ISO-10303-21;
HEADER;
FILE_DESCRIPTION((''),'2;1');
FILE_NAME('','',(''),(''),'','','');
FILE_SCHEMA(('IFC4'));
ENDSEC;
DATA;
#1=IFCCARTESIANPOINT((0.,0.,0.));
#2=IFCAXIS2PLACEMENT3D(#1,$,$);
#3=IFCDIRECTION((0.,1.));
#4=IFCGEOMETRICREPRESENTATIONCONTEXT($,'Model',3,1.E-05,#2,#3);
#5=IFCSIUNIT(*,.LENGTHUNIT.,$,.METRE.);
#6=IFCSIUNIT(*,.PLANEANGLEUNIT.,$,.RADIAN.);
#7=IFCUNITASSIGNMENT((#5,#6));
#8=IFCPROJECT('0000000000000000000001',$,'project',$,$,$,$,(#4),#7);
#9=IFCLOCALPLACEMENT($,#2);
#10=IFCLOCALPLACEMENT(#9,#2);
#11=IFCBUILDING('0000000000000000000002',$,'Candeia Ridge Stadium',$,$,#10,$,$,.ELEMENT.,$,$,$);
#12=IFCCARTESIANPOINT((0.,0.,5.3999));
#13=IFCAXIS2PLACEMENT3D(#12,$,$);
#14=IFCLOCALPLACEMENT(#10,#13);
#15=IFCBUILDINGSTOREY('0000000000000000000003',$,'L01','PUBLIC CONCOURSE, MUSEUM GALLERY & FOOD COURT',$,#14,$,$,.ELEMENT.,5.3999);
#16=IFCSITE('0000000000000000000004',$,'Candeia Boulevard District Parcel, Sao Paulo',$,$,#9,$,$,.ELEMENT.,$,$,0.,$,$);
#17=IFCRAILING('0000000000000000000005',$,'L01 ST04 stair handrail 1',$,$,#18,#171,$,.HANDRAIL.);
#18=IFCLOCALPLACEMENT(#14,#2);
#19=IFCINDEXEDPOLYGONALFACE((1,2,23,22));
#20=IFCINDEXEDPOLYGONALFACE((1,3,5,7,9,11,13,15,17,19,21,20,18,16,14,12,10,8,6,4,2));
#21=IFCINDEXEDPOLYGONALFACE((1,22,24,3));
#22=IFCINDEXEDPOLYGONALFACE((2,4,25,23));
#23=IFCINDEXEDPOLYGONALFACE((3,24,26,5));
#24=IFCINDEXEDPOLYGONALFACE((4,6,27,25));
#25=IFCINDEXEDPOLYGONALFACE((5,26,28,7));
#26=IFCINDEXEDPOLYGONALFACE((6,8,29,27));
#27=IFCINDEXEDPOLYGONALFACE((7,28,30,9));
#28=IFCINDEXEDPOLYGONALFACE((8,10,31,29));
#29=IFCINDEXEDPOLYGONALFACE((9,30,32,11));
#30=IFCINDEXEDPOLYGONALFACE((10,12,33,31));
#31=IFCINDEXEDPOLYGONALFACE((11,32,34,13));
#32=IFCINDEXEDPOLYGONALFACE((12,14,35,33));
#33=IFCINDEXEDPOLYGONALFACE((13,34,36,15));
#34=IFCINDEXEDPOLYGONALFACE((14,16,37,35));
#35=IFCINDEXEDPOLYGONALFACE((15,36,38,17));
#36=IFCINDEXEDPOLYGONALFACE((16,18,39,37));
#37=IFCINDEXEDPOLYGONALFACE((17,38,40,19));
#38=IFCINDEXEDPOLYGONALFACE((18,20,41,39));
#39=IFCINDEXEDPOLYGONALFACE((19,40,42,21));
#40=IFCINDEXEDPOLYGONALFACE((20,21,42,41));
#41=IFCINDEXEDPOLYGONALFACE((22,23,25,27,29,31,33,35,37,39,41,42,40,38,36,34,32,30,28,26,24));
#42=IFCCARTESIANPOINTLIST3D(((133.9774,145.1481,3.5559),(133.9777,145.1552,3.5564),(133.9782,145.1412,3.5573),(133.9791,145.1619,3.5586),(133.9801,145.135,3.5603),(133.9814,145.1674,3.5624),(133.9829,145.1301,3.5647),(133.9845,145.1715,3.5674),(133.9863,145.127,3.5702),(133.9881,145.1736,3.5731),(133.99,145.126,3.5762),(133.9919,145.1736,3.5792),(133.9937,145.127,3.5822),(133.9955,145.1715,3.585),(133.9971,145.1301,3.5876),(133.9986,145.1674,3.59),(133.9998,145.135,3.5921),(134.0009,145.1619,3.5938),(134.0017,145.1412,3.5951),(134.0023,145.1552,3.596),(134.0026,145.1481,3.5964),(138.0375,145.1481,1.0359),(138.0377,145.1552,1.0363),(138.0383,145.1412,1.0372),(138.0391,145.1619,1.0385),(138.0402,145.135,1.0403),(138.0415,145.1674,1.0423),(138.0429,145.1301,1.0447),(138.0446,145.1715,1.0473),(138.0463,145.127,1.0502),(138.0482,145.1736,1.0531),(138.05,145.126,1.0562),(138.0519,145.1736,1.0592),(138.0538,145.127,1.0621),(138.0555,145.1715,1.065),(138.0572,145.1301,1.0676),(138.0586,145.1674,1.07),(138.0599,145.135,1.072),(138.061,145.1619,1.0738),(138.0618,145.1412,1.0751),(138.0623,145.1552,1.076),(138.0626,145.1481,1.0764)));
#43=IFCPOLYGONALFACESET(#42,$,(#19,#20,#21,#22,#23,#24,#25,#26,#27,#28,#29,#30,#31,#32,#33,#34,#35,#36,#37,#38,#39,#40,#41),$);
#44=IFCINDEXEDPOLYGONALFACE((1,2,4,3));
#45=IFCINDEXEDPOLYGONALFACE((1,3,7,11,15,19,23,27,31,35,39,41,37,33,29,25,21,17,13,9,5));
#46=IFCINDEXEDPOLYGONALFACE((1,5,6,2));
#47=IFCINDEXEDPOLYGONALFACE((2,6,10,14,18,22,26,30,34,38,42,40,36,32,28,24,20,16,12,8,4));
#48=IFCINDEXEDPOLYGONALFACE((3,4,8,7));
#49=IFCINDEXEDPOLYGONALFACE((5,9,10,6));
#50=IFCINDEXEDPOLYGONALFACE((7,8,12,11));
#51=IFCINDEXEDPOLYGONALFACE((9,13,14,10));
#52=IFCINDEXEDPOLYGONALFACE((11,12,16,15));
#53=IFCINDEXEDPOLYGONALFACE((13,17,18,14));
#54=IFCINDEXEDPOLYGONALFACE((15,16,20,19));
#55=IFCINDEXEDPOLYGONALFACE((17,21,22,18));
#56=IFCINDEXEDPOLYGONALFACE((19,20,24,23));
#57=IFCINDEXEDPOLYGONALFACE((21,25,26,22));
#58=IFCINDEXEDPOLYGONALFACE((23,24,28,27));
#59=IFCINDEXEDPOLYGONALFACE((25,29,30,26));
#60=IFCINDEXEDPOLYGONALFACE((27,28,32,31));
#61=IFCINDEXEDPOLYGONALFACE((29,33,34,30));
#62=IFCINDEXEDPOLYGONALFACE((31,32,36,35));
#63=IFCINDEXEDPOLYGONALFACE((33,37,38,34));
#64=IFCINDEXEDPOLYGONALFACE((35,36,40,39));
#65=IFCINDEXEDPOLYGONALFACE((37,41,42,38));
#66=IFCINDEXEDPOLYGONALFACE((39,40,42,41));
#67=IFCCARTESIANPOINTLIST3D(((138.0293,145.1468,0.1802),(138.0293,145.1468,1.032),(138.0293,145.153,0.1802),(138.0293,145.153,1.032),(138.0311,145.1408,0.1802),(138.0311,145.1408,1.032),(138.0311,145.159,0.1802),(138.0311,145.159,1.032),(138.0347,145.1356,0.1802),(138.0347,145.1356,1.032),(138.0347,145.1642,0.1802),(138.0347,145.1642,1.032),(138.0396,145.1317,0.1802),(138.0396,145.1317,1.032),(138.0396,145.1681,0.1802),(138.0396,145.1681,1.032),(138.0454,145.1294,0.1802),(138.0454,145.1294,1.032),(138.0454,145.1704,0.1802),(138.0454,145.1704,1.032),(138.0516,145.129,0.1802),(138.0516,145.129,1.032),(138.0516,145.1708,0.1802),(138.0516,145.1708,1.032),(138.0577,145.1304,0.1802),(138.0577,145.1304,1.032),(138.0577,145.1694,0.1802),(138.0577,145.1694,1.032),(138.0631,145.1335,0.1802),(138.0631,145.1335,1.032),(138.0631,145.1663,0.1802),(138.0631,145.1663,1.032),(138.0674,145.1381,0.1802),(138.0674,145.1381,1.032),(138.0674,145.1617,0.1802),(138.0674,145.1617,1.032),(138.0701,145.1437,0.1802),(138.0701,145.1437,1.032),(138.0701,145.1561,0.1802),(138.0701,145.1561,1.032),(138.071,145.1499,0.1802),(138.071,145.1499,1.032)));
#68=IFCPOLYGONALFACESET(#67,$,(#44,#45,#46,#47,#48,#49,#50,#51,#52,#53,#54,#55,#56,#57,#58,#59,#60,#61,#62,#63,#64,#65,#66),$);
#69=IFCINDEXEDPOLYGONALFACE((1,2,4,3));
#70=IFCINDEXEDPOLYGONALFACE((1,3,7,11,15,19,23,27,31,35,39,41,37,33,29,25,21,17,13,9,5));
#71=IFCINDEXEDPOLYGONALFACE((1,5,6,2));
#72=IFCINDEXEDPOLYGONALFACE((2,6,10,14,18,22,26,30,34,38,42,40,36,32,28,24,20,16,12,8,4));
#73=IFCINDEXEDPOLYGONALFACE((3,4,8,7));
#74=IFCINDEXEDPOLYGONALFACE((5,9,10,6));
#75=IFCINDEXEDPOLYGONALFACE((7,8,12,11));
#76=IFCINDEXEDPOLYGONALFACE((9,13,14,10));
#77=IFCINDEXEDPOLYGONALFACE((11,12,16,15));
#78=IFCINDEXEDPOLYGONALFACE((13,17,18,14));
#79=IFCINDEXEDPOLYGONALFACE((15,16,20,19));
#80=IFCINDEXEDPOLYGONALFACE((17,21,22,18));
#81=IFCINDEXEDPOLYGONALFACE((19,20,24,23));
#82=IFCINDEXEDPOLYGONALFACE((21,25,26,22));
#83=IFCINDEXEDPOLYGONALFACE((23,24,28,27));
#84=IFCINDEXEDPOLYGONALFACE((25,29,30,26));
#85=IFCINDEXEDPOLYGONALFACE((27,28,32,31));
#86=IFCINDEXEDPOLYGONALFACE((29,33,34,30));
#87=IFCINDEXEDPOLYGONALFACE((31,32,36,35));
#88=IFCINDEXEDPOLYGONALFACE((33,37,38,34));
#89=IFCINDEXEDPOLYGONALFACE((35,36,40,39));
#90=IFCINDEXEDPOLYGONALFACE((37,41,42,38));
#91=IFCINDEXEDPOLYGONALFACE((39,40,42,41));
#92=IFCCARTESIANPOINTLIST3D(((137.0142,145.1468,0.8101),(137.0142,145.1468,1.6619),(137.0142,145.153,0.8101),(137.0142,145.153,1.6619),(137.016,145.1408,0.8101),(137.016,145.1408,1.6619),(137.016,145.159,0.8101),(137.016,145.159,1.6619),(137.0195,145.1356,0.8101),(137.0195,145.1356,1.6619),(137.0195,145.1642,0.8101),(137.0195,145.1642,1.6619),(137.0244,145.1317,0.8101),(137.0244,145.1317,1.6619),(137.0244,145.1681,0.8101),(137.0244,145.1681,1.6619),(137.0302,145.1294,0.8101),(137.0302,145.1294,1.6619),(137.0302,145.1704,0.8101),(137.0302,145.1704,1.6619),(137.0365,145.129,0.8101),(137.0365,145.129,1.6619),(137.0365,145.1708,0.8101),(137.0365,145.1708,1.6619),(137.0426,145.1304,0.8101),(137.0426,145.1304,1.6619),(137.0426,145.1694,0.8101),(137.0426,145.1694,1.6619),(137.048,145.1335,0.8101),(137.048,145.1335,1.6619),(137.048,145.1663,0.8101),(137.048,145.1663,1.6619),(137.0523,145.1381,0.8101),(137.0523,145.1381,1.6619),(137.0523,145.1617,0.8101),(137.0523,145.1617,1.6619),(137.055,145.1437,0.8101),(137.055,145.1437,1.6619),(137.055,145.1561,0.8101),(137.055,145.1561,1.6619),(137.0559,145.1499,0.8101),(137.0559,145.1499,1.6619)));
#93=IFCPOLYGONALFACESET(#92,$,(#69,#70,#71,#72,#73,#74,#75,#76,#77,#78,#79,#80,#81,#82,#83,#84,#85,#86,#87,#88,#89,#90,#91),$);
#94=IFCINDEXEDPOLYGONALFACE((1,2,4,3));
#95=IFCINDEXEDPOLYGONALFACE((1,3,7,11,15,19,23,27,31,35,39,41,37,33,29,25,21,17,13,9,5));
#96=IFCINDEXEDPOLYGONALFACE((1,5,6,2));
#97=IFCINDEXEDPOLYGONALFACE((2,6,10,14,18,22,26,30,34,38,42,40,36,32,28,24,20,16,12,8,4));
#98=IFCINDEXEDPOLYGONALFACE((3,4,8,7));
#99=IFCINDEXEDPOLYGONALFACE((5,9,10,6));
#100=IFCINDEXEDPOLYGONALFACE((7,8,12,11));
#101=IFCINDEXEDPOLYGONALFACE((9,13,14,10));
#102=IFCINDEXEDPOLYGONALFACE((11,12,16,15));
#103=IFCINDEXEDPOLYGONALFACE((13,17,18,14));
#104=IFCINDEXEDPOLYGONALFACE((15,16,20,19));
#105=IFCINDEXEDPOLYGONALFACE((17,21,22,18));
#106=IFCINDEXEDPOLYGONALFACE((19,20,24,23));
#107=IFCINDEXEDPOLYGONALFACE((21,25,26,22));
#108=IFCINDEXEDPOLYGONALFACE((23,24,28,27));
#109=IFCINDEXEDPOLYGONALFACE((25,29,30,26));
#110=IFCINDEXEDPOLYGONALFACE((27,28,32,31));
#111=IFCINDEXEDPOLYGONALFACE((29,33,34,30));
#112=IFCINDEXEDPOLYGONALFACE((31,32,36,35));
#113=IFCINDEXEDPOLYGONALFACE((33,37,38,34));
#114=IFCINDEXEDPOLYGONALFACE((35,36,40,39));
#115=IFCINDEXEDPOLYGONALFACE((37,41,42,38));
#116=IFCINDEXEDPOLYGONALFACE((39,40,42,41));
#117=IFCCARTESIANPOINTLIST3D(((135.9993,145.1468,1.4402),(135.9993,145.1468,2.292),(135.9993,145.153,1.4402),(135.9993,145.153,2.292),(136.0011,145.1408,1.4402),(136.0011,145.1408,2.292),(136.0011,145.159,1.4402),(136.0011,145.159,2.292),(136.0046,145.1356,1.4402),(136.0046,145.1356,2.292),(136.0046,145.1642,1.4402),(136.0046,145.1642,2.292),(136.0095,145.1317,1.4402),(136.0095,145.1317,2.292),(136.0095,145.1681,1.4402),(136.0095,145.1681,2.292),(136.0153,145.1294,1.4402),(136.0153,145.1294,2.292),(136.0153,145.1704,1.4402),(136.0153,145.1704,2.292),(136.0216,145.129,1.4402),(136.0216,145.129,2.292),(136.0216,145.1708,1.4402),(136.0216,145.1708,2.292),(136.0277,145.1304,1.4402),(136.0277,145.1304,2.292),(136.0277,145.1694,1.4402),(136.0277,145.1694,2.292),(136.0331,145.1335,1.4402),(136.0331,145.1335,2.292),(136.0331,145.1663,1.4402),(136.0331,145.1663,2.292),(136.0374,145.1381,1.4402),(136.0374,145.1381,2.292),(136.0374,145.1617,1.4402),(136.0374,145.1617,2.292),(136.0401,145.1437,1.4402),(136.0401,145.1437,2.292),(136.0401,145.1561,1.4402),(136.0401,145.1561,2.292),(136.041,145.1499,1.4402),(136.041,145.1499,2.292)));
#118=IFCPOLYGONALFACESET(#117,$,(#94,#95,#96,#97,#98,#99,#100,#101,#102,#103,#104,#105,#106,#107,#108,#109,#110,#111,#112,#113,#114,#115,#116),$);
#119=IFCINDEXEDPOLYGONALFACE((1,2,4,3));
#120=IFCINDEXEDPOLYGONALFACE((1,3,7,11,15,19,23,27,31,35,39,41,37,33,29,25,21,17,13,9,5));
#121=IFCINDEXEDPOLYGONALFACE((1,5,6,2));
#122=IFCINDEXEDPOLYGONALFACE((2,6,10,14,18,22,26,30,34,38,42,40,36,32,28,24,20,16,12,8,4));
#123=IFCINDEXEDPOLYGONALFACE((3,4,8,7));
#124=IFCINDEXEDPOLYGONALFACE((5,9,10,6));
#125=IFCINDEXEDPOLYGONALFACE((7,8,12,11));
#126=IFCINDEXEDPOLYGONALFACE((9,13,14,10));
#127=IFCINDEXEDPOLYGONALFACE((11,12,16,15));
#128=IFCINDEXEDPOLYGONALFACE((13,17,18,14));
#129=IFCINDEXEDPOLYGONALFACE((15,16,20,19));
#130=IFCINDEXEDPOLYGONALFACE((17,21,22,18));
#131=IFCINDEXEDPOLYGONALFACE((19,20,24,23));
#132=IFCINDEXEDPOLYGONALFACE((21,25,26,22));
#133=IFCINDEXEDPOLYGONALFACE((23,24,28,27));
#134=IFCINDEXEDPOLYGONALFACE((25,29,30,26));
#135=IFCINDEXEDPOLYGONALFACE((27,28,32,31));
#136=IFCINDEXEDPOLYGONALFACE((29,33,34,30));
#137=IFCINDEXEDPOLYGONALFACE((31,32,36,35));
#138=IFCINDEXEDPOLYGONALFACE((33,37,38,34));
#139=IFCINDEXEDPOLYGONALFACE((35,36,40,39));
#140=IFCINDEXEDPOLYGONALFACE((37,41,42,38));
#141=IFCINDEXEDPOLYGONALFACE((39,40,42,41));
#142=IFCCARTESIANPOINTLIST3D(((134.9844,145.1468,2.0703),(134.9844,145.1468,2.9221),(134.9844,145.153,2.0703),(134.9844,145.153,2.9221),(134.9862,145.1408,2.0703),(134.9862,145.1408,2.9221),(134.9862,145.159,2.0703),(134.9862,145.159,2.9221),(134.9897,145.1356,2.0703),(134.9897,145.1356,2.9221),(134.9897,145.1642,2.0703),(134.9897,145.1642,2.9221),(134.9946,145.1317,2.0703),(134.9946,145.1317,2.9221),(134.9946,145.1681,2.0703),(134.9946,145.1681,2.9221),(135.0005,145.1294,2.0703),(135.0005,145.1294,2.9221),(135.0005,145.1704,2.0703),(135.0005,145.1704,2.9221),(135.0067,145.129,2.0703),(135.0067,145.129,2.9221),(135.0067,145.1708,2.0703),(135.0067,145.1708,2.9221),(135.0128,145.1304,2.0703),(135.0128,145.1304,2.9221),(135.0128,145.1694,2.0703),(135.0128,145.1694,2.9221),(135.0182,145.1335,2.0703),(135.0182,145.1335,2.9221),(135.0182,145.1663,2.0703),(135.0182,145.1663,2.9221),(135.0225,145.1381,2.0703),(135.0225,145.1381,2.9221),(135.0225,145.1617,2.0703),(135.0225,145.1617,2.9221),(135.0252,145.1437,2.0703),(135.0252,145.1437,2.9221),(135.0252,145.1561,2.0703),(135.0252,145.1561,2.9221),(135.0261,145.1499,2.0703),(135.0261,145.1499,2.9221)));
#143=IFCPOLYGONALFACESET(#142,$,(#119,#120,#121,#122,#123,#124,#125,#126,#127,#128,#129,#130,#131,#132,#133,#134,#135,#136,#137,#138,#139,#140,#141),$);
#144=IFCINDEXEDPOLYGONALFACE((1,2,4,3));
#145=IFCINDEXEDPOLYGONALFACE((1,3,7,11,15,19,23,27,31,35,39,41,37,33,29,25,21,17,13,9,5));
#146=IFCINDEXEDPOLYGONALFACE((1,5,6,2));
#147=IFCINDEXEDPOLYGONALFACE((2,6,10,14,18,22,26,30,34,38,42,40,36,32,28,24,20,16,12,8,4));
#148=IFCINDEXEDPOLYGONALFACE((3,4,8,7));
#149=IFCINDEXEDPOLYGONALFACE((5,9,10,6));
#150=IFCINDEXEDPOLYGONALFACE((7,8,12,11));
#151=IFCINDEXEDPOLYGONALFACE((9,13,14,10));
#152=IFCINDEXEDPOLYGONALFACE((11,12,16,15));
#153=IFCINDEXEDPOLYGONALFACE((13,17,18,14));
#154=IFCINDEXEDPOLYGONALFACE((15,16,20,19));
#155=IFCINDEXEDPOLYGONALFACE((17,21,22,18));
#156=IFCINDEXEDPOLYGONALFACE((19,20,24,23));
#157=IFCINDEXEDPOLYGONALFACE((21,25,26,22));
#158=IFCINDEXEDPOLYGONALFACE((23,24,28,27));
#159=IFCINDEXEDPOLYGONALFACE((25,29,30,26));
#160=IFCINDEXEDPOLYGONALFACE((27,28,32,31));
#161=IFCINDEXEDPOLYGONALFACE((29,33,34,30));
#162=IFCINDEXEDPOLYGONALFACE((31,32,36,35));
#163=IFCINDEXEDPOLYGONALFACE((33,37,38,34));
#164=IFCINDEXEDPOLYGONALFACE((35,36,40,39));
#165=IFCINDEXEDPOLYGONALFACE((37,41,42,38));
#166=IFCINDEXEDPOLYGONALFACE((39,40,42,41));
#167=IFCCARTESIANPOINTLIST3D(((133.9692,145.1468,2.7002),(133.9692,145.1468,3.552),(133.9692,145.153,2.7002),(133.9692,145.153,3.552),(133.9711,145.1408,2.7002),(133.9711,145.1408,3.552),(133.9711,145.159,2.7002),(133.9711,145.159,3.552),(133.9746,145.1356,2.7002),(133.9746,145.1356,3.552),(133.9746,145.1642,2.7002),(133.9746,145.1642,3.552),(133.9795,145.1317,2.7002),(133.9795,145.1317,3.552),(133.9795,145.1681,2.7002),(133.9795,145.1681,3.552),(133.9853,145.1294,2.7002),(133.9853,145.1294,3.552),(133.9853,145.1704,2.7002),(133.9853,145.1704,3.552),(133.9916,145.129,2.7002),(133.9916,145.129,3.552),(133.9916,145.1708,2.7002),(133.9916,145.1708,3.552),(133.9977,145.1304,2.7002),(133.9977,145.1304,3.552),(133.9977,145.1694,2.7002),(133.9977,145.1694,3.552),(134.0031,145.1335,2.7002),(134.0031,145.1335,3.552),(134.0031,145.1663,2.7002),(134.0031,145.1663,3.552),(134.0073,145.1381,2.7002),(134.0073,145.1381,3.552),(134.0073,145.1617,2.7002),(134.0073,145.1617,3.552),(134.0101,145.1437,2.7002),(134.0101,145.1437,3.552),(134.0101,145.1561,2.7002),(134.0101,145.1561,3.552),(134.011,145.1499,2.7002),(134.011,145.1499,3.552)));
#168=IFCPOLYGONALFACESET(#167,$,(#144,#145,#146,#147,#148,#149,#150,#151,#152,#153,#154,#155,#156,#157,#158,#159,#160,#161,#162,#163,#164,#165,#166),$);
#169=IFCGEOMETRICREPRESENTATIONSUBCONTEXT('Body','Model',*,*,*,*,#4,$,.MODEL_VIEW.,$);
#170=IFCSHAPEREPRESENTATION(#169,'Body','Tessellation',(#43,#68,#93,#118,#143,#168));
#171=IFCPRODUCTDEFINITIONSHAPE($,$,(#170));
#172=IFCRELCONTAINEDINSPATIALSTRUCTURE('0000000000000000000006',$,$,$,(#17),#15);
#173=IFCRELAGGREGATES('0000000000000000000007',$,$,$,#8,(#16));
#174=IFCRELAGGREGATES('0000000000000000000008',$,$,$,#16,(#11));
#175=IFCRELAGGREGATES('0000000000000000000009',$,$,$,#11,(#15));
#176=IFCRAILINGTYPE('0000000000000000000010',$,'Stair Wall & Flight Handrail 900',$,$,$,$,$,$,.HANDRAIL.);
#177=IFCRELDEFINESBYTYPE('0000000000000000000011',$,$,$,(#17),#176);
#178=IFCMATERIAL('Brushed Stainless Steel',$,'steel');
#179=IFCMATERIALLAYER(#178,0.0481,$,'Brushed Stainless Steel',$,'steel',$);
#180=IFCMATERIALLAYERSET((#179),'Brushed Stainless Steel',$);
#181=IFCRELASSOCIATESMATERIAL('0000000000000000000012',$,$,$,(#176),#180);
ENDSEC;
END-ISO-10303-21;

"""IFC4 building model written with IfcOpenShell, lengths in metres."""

from ifc_helpers import new_model, si_unit, direction, frame, origin, origin_2d, place, context, subcontext, project, spatial, circle, extrude, material, layer, layer_set, type_object, element, save


model = new_model("IFC4")

# Units and contexts
model_context = context("Model", 3, precision=1e-05, world=origin(), true_north=direction((0.0, 1.0)))
body_context = subcontext(model_context, "Body", "Model", "MODEL_VIEW")
ifc_project = project(units=[si_unit("LENGTHUNIT", "METRE"), si_unit("PLANEANGLEUNIT", "RADIAN")], contexts=[model_context])

# Site, building, storey
site_placement = place(None, origin())
site = spatial("IfcSite", under=ifc_project, at=site_placement, Name="Candeia Boulevard District Parcel, Sao Paulo", CompositionType="ELEMENT", RefElevation=0.0)
building_placement = place(site_placement, origin())
building = spatial("IfcBuilding", under=site, at=building_placement, Name="Candeia Ridge Stadium", CompositionType="ELEMENT")
storey_placement = place(building_placement, frame((0.0, 0.0, 5.3999)))
storey = spatial("IfcBuildingStorey", under=building, at=storey_placement, Name="L01", Description="PUBLIC CONCOURSE, MUSEUM GALLERY & FOOD COURT", CompositionType="ELEMENT", Elevation=5.3999)

# Railing
ifc_material_1 = material(Name="Brushed Stainless Steel", Category="steel")
ifc_layer_1 = layer(ifc_material_1, 0.0481, Name="Brushed Stainless Steel", Category="steel")
ifc_layer_set_1 = layer_set([ifc_layer_1], Name="Brushed Stainless Steel")
railing_type_1 = type_object("IfcRailingType", Name="Stair Wall & Flight Handrail 900", PredefinedType="HANDRAIL", material=ifc_layer_set_1)
railing_1_placement = place(storey_placement, frame((138.05, 145.1499, 0.1802)))
element("IfcRailing", 1, at=railing_1_placement, inside=storey, type_object=railing_type_1, Name="L01 ST04 stair handrail 1", PredefinedType="HANDRAIL", context=body_context, shape_type="SweptSolid", body=[
    extrude(circle(Radius=0.0239, at=origin_2d()), frame((0.0, 0.0, 0.876), z_axis=(-0.849642, 0.0, 0.52736), x_axis=(0.0, -1.0, 0.0)), (0.0, 0.0, 1.0), 4.7786),
    extrude(circle(Radius=0.021, at=origin_2d()), origin(), (0.0, 0.0, 1.0), 0.8518),
    extrude(circle(Radius=0.021, at=origin_2d()), frame((-1.0151, 0.0, 0.6299)), (0.0, 0.0, 1.0), 0.8518),
    extrude(circle(Radius=0.021, at=origin_2d()), frame((-2.03, 0.0, 1.26)), (0.0, 0.0, 1.0), 0.8518),
    extrude(circle(Radius=0.021, at=origin_2d()), frame((-3.0449, 0.0, 1.8901)), (0.0, 0.0, 1.0), 0.8518),
    extrude(circle(Radius=0.021, at=origin_2d()), frame((-4.0601, 0.0, 2.52)), (0.0, 0.0, 1.0), 0.8518),
])

save(model, "model.ifc")
